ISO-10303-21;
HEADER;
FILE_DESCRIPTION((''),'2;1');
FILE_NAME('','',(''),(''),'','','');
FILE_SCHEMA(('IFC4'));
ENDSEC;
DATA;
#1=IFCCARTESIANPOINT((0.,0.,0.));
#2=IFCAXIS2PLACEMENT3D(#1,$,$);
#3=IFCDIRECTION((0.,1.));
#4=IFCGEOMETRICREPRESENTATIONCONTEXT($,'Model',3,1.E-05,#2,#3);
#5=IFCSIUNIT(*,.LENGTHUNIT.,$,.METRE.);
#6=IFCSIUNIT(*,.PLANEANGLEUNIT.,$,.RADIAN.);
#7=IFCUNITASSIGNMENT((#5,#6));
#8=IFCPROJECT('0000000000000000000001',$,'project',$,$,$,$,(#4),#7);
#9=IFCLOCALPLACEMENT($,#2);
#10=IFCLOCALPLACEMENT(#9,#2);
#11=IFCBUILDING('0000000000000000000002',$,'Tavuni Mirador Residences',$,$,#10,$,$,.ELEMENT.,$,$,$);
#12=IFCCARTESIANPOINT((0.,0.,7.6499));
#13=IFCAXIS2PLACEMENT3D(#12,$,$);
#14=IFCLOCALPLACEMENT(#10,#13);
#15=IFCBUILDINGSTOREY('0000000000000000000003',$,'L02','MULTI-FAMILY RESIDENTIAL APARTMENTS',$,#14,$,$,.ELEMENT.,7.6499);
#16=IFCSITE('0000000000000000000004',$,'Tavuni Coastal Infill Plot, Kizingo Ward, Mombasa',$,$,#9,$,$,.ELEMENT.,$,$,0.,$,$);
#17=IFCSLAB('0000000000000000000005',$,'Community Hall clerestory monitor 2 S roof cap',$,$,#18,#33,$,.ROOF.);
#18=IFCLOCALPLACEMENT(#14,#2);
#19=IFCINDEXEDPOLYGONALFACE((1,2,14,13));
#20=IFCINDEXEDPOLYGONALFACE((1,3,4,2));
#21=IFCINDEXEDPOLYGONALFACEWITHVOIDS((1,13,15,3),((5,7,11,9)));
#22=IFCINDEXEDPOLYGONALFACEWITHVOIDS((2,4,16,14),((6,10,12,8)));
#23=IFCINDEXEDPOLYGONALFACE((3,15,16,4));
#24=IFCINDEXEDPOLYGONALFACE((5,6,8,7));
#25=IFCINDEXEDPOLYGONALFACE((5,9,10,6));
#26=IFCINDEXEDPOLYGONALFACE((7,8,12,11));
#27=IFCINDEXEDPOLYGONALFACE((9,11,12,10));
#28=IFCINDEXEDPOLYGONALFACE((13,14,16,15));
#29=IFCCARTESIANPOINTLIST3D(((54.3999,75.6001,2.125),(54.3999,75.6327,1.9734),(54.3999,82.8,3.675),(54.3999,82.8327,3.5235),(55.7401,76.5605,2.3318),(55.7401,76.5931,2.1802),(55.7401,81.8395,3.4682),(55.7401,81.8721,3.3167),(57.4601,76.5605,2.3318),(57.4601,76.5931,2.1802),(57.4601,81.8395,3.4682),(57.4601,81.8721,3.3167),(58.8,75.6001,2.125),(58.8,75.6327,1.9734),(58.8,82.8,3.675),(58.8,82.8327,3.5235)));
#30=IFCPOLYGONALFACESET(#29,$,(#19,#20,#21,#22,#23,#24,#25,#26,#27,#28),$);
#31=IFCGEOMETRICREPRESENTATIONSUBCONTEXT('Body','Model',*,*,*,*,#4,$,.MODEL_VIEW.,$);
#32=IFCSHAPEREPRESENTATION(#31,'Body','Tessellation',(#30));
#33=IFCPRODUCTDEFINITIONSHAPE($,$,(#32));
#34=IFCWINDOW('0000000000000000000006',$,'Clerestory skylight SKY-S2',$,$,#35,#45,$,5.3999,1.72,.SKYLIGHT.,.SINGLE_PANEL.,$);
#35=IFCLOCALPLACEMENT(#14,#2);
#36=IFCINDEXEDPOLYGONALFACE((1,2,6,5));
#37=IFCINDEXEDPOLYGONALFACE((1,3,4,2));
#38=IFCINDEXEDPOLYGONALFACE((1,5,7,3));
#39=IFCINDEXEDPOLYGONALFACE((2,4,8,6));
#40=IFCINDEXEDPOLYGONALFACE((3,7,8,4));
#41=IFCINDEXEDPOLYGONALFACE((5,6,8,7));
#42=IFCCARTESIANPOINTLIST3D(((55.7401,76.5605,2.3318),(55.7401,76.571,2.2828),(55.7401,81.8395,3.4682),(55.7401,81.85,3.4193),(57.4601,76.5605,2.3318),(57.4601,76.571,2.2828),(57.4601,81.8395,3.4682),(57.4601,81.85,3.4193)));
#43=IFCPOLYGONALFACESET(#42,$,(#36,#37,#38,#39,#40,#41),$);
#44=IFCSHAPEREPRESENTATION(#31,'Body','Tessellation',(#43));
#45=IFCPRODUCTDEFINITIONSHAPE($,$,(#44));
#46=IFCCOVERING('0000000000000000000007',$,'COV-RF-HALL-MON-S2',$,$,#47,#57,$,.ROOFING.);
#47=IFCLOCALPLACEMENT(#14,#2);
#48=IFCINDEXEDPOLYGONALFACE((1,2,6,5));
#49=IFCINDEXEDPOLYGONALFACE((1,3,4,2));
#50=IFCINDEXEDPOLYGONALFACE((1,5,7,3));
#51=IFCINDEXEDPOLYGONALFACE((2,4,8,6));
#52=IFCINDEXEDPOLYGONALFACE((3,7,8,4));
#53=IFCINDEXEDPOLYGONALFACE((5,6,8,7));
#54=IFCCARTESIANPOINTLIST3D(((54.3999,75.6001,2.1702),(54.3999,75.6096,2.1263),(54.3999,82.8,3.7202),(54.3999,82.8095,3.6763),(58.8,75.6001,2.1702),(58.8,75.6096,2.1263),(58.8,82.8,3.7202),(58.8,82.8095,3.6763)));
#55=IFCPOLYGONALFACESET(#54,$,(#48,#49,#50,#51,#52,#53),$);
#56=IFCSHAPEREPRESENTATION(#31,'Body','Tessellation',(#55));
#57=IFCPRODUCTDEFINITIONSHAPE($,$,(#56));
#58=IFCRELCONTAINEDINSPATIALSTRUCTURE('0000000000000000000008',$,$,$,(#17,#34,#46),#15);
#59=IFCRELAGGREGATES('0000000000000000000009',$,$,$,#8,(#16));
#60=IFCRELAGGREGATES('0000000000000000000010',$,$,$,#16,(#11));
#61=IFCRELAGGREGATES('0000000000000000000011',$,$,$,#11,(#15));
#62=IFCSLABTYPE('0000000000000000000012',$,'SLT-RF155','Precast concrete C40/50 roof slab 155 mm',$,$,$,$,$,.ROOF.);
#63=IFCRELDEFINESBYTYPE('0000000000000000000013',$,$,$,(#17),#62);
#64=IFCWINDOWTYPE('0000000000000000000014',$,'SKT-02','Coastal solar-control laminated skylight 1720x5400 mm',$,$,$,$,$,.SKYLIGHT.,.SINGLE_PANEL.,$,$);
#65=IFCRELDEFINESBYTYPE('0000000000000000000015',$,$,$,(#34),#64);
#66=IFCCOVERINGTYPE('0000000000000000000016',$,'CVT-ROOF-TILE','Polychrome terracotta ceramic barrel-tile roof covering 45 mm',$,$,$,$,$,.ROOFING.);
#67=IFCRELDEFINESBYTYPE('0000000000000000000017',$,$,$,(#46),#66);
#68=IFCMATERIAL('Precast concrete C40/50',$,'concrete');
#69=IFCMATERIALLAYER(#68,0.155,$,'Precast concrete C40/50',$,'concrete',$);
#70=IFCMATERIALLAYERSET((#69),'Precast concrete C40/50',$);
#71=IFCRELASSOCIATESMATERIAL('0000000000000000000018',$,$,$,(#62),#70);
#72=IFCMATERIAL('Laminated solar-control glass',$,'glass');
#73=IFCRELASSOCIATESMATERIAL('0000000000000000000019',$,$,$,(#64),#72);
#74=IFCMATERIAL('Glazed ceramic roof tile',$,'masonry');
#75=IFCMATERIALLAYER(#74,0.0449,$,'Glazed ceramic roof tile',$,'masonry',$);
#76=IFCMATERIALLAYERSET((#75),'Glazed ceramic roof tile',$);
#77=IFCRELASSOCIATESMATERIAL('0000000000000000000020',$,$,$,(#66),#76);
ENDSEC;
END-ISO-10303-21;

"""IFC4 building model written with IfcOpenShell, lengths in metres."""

from ifc_helpers import new_model, si_unit, direction, frame, origin, origin_2d, place, context, subcontext, project, spatial, polyline, rectangle, outline, extrude, material, layer, layer_set, type_object, element, fill, save


model = new_model("IFC4")

# Units and contexts
model_context = context("Model", 3, precision=1e-05, world=origin(), true_north=direction((0.0, 1.0)))
body_context = subcontext(model_context, "Body", "Model", "MODEL_VIEW")
ifc_project = project(units=[si_unit("LENGTHUNIT", "METRE"), si_unit("PLANEANGLEUNIT", "RADIAN")], contexts=[model_context])

# Site, building, storey
site_placement = place(None, origin())
site = spatial("IfcSite", under=ifc_project, at=site_placement, Name="Tavuni Coastal Infill Plot, Kizingo Ward, Mombasa", CompositionType="ELEMENT", RefElevation=0.0)
building_placement = place(site_placement, origin())
building = spatial("IfcBuilding", under=site, at=building_placement, Name="Tavuni Mirador Residences", CompositionType="ELEMENT")
storey_placement = place(building_placement, frame((0.0, 0.0, 7.6499)))
storey = spatial("IfcBuildingStorey", under=building, at=storey_placement, Name="L02", Description="MULTI-FAMILY RESIDENTIAL APARTMENTS", CompositionType="ELEMENT", Elevation=7.6499)

# Shared definitions
ifc_material_1 = material(Name="Laminated solar-control glass", Category="glass")

# Slab, opening, window
ifc_material_2 = material(Name="Precast concrete C40/50", Category="concrete")
ifc_layer_1 = layer(ifc_material_2, 0.155, Name="Precast concrete C40/50", Category="concrete")
ifc_layer_set_1 = layer_set([ifc_layer_1], Name="Precast concrete C40/50")
slab_type = type_object("IfcSlabType", Name="SLT-RF155", Description="Precast concrete C40/50 roof slab 155 mm", PredefinedType="ROOF", material=ifc_layer_set_1)
slab_placement = place(storey_placement, frame((54.3999, 75.6001, 2.125), z_axis=(0.0, -0.210464, 0.977602), x_axis=(1.0, 0.0, 0.0)))
slab = element("IfcSlab", 1, at=slab_placement, inside=storey, type_object=slab_type, Name="Community Hall clerestory monitor 2 S roof cap", PredefinedType="ROOF", context=body_context, shape_type="SweptSolid", body=[
    extrude(outline(polyline([(0.0, 0.0), (4.4001, 0.0), (4.4001, 7.3649), (0.0, 7.3649), (0.0, 0.0)])), origin(), (0.0, 0.0, -1.0), 0.155),
])
opening_placement = place(slab_placement, frame((2.2002, 3.6824, 0.0)))
opening = element("IfcOpeningElement", 2, at=opening_placement, cuts=slab, PredefinedType="OPENING", context=body_context, shape_type="SweptSolid", body=[
    extrude(rectangle(XDim=1.72, YDim=5.3999, at=origin_2d()), frame((0.0, 0.0, 0.01)), (0.0, 0.0, -1.0), 0.175),
])
window_type = type_object("IfcWindowType", Name="SKT-02", Description="Coastal solar-control laminated skylight 1720x5400 mm", PartitioningType="SINGLE_PANEL", PredefinedType="SKYLIGHT", material=ifc_material_1)
window_placement = place(opening_placement, origin())
window = element("IfcWindow", 3, at=window_placement, inside=storey, type_object=window_type, Name="Clerestory skylight SKY-S2", OverallHeight=5.3999, OverallWidth=1.72, PartitioningType="SINGLE_PANEL", PredefinedType="SKYLIGHT", context=body_context, shape_type="SweptSolid", body=[
    extrude(rectangle(XDim=1.72, YDim=5.3999, at=origin_2d()), origin(), (0.0, 0.0, -1.0), 0.05),
])
fill(opening, window)

# Covering
ifc_material_3 = material(Name="Glazed ceramic roof tile", Category="masonry")
ifc_layer_2 = layer(ifc_material_3, 0.0449, Name="Glazed ceramic roof tile", Category="masonry")
ifc_layer_set_2 = layer_set([ifc_layer_2], Name="Glazed ceramic roof tile")
covering_type = type_object("IfcCoveringType", Name="CVT-ROOF-TILE", Description="Polychrome terracotta ceramic barrel-tile roof covering 45 mm", PredefinedType="ROOFING", material=ifc_layer_set_2)
covering_placement = place(storey_placement, frame((54.3999, 75.6001, 2.1702), z_axis=(0.0, -0.210464, 0.977602), x_axis=(1.0, 0.0, 0.0)))
element("IfcCovering", 4, at=covering_placement, inside=storey, type_object=covering_type, Name="COV-RF-HALL-MON-S2", PredefinedType="ROOFING", context=body_context, shape_type="SweptSolid", body=[
    extrude(outline(polyline([(0.0, 0.0), (4.4001, 0.0), (4.4001, 7.3649), (0.0, 7.3649), (0.0, 0.0)])), origin(), (0.0, 0.0, -1.0), 0.0449),
])

save(model, "model.ifc")
